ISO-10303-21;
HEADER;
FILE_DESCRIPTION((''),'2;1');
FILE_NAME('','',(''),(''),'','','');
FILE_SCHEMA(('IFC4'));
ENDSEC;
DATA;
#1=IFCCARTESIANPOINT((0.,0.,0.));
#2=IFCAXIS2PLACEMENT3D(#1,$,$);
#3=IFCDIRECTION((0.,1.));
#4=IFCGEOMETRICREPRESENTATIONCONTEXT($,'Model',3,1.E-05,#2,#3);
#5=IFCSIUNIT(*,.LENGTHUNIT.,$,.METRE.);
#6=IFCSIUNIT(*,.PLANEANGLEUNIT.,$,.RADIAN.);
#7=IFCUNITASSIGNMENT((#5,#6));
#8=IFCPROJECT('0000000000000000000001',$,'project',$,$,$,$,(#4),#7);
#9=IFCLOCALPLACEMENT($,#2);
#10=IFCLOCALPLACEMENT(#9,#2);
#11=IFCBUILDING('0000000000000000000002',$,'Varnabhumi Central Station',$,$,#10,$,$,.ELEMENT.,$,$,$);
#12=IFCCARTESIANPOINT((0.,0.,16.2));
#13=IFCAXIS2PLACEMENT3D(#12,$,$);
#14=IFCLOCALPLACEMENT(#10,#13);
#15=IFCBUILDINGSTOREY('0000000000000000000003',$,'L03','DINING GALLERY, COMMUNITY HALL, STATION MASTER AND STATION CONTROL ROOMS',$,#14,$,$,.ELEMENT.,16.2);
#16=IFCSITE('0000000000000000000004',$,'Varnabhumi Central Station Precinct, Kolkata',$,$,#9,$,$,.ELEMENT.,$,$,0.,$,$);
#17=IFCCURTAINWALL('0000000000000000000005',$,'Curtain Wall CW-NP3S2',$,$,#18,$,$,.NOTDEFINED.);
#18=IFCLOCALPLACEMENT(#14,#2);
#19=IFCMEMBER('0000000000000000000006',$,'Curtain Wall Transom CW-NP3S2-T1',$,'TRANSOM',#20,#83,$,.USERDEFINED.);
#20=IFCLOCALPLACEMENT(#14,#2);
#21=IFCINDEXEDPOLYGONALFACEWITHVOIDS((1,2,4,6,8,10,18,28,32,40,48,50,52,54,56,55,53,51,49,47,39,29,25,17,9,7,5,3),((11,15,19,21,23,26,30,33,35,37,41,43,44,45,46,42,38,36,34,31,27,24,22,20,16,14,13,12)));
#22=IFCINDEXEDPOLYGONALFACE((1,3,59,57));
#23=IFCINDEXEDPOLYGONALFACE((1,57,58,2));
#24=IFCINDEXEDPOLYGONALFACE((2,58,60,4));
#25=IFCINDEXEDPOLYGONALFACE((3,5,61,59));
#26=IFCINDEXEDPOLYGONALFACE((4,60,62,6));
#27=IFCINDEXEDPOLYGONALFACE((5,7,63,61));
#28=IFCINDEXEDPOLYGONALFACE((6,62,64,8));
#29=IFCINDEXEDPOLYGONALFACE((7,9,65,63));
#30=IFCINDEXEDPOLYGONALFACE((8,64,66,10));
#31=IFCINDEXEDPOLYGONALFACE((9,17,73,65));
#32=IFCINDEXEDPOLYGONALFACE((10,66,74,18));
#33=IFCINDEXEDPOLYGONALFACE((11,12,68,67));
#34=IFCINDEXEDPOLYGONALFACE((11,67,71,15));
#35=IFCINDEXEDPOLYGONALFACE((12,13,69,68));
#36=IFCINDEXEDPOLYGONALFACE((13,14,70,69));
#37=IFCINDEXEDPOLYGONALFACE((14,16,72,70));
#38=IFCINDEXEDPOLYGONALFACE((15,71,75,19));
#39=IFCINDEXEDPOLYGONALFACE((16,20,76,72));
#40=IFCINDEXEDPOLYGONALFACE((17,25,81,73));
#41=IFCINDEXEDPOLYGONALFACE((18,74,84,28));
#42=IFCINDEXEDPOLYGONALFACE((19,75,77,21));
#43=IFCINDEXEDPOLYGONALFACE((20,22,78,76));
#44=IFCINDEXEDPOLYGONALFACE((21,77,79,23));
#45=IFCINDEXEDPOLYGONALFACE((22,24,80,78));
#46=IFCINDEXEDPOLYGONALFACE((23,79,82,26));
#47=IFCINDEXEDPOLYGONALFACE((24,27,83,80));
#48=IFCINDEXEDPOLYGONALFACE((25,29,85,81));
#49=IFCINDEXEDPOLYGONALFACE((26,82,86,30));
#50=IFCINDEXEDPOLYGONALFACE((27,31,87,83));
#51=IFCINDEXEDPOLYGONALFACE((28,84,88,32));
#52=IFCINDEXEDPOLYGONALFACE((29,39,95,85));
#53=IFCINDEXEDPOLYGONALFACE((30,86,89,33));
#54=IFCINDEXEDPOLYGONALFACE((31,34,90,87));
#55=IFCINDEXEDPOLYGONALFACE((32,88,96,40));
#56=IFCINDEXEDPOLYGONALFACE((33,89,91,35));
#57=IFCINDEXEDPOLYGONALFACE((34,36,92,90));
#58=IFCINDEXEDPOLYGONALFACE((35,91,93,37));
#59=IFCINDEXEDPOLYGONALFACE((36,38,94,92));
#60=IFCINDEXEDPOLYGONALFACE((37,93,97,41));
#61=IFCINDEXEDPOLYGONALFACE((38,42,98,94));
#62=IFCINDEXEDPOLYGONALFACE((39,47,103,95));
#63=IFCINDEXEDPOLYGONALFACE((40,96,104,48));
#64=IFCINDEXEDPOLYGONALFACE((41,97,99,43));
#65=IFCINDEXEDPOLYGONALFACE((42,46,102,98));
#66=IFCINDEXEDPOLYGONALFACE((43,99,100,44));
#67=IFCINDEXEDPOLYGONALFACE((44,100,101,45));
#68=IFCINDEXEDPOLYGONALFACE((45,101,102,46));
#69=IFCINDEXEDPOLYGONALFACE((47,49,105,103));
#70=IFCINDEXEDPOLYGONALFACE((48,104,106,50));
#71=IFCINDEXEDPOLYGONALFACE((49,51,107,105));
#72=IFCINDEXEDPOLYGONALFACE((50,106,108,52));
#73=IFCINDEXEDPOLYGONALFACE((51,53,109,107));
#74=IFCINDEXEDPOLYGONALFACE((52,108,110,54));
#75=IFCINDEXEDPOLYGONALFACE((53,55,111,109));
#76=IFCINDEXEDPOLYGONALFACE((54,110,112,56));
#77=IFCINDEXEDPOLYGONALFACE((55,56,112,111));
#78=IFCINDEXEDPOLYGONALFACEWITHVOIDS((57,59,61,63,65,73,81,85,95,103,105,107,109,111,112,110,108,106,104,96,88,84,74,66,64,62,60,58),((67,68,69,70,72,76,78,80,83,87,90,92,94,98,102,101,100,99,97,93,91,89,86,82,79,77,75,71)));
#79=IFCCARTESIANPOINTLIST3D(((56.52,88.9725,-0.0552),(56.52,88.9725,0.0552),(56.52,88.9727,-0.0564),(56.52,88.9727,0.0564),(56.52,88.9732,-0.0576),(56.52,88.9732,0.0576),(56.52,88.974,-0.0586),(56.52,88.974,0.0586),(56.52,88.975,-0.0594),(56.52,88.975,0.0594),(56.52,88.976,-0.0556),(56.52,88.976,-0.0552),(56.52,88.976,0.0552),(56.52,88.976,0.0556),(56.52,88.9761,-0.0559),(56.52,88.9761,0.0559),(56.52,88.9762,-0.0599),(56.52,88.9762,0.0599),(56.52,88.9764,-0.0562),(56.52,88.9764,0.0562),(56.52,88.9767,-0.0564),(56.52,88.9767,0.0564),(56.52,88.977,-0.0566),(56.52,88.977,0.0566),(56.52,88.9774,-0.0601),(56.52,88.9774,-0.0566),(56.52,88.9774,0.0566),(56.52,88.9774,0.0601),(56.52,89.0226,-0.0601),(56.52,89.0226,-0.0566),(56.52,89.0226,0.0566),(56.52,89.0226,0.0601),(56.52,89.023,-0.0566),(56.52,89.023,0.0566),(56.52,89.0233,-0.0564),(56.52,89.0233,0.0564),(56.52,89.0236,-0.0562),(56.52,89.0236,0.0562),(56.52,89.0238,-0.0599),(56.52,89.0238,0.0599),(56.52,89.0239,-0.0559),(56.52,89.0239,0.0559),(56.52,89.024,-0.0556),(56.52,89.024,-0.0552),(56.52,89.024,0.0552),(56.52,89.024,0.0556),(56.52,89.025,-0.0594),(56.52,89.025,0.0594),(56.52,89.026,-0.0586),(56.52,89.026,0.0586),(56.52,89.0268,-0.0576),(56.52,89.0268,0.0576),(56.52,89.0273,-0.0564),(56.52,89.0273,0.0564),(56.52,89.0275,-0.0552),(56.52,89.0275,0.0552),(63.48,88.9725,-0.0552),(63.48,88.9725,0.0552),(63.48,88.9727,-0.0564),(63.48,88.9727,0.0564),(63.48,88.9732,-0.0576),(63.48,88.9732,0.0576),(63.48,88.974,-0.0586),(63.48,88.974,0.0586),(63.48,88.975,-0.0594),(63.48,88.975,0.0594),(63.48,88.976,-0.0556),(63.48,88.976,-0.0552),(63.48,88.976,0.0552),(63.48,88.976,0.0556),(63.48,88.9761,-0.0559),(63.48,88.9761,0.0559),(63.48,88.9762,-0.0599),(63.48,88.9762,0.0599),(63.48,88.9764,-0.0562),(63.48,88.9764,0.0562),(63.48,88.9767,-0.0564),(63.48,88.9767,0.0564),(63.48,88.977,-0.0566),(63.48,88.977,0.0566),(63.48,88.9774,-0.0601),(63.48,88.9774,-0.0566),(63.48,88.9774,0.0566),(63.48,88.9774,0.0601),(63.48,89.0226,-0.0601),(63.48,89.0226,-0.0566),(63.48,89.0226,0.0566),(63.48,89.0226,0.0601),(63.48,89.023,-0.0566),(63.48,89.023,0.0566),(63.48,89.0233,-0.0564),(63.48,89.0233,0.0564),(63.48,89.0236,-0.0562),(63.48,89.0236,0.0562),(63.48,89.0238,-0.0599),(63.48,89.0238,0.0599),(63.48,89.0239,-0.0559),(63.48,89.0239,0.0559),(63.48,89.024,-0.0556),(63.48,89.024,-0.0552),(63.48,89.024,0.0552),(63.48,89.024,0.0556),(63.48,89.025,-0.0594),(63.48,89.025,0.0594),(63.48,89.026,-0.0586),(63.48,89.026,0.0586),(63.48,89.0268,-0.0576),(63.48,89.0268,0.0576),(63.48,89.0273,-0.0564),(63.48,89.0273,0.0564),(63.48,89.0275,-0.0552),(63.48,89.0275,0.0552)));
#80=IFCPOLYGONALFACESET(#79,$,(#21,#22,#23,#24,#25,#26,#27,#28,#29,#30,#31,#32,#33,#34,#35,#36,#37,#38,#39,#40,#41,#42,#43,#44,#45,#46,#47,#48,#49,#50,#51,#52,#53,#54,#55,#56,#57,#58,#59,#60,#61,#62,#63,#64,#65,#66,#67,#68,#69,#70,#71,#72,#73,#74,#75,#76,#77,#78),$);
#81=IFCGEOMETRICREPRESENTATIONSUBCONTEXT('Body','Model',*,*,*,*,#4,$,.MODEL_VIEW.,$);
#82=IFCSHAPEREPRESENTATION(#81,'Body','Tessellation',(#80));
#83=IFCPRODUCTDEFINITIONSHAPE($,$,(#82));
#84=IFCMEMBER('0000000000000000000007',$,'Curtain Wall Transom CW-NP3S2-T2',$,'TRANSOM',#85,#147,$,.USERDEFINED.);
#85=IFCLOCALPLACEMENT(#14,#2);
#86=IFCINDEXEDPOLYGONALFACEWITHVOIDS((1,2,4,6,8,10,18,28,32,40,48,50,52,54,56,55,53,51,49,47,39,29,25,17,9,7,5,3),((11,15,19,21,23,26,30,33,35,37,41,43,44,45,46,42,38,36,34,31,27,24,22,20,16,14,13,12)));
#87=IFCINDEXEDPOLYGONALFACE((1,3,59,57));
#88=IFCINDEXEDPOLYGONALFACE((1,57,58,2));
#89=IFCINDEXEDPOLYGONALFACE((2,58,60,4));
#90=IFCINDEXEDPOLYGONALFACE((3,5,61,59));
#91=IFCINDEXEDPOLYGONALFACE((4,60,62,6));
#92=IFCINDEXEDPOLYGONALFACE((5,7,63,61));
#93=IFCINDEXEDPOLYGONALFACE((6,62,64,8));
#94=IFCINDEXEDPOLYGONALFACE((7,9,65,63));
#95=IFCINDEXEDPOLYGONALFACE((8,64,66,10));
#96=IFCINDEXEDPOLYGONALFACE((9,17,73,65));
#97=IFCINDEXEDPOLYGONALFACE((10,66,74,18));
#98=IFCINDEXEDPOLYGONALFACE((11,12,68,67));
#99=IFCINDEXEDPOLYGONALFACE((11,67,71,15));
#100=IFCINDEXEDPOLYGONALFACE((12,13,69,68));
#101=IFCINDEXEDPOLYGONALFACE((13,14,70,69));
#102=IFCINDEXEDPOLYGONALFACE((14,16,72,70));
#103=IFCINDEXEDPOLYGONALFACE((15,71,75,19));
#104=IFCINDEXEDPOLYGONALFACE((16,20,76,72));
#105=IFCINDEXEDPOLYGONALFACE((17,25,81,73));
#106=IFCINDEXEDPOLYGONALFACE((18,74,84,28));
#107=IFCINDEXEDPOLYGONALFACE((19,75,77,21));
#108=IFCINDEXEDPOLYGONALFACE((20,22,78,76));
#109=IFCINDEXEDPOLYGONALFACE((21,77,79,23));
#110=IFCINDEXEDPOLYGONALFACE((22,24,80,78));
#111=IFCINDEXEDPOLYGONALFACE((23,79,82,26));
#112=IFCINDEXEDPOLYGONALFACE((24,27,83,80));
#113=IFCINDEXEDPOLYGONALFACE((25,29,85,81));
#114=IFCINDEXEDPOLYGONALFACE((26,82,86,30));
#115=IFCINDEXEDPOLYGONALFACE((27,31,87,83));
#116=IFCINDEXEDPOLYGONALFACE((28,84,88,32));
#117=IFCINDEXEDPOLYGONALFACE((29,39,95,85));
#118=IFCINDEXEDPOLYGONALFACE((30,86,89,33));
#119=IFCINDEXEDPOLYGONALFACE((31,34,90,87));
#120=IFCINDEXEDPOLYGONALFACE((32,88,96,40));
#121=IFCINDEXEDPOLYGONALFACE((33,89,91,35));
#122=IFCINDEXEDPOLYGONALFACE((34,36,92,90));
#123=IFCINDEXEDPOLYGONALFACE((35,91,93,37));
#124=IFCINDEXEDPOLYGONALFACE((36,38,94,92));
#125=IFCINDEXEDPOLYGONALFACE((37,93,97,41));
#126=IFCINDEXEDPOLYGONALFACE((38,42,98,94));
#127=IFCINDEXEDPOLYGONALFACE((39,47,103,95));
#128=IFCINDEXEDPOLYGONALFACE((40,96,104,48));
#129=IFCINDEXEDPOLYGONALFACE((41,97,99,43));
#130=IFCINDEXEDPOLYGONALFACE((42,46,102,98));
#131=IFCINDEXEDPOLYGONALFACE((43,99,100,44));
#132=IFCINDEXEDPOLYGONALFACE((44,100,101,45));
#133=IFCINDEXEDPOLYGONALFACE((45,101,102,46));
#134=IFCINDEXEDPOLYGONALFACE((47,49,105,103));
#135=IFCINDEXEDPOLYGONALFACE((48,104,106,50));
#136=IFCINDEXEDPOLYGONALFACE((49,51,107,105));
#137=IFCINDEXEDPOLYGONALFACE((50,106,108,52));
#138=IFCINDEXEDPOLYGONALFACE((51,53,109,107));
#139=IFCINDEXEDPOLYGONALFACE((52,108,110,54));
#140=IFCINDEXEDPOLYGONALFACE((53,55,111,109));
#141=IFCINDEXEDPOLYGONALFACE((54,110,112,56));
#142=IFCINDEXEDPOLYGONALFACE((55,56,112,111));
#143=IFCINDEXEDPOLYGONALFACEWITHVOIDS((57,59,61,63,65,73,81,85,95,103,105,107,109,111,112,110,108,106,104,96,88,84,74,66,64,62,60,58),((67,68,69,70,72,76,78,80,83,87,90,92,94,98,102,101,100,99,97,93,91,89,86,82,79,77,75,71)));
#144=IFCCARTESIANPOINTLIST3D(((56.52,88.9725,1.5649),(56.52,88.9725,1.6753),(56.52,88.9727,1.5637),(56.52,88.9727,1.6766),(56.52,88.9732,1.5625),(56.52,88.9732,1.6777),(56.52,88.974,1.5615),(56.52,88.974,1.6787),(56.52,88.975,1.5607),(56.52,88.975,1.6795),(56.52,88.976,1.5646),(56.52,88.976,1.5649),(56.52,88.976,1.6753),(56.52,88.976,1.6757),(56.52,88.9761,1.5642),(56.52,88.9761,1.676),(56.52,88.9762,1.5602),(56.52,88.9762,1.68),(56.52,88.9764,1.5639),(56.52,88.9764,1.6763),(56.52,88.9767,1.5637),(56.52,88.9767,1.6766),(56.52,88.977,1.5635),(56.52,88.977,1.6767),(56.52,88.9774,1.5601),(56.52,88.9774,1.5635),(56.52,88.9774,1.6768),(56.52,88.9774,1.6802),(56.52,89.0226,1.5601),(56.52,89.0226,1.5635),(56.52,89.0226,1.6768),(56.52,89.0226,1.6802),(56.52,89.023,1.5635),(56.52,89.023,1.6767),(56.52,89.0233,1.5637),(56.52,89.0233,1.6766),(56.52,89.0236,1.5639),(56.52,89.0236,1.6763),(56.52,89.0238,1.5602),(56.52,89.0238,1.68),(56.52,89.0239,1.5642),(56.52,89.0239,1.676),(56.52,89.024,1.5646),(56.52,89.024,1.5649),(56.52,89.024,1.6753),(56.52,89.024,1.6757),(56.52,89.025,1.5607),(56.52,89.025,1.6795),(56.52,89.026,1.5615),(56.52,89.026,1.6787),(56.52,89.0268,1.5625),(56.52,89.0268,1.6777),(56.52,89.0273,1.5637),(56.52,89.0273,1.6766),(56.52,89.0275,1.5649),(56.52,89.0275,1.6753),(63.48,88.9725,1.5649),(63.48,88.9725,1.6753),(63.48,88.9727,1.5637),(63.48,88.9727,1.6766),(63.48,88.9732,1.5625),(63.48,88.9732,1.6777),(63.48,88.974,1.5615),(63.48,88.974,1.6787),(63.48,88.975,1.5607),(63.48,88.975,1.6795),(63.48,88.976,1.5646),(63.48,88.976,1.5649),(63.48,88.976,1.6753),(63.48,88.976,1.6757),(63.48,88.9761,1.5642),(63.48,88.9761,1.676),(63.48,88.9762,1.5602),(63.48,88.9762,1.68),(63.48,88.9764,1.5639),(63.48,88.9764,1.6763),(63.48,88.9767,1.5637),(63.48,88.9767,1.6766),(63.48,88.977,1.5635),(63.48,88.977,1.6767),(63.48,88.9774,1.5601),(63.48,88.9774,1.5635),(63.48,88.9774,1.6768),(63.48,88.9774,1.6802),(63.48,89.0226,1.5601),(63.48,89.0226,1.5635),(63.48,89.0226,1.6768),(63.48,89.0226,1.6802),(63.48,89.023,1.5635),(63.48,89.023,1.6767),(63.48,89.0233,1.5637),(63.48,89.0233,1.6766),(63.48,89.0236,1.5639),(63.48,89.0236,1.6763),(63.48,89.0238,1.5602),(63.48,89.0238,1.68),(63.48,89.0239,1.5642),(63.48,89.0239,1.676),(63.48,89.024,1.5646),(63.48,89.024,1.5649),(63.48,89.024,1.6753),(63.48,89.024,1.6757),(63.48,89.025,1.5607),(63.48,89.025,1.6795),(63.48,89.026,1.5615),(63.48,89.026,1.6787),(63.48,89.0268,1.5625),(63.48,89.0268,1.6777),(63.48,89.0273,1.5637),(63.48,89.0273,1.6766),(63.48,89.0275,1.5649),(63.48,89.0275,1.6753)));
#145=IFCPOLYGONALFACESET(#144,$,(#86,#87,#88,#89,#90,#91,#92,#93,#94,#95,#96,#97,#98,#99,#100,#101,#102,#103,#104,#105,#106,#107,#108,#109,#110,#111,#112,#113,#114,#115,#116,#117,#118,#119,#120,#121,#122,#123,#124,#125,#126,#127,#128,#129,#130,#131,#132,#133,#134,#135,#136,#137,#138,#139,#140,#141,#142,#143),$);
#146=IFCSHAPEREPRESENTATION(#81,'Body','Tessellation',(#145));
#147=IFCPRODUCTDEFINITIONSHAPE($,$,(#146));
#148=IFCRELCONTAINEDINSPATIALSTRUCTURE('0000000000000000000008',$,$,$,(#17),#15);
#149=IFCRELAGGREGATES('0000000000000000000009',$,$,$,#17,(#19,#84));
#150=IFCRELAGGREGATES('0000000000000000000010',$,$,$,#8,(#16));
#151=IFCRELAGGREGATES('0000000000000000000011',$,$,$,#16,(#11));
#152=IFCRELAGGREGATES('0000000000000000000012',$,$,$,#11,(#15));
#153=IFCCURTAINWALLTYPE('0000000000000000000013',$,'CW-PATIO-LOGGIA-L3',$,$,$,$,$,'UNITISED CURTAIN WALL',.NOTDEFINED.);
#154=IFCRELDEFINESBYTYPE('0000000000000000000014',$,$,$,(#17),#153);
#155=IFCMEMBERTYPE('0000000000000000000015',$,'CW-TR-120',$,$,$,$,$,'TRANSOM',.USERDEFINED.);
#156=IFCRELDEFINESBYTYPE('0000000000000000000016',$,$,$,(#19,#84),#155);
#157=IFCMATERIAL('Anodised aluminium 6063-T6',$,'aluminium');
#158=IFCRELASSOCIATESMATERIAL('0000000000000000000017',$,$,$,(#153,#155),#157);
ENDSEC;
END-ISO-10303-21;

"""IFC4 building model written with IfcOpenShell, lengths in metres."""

from ifc_helpers import new_model, si_unit, direction, frame, origin, origin_2d, place, context, subcontext, project, spatial, hollow_rectangle, extrude, material, material_profile, profile_set, type_object, element, aggregate, save


model = new_model("IFC4")

# Units and contexts
model_context = context("Model", 3, precision=1e-05, world=origin(), true_north=direction((0.0, 1.0)))
body_context = subcontext(model_context, "Body", "Model", "MODEL_VIEW")
ifc_project = project(units=[si_unit("LENGTHUNIT", "METRE"), si_unit("PLANEANGLEUNIT", "RADIAN")], contexts=[model_context])

# Site, building, storey
site_placement = place(None, origin())
site = spatial("IfcSite", under=ifc_project, at=site_placement, Name="Varnabhumi Central Station Precinct, Kolkata", CompositionType="ELEMENT", RefElevation=0.0)
building_placement = place(site_placement, origin())
building = spatial("IfcBuilding", under=site, at=building_placement, Name="Varnabhumi Central Station", CompositionType="ELEMENT")
storey_placement = place(building_placement, frame((0.0, 0.0, 16.2)))
storey = spatial("IfcBuildingStorey", under=building, at=storey_placement, Name="L03", Description="DINING GALLERY, COMMUNITY HALL, STATION MASTER AND STATION CONTROL ROOMS", CompositionType="ELEMENT", Elevation=16.2)

# Curtain wall
ifc_material_1 = material(Name="Anodised aluminium 6063-T6", Category="aluminium")
curtain_wall_type = type_object("IfcCurtainWallType", Name="CW-PATIO-LOGGIA-L3", ElementType="UNITISED CURTAIN WALL", PredefinedType="NOTDEFINED", material=ifc_material_1)
curtain_wall_1_placement = place(storey_placement, origin())
curtain_wall_1 = element("IfcCurtainWall", 1, at=curtain_wall_1_placement, inside=storey, type_object=curtain_wall_type, Name="Curtain Wall CW-NP3S2", PredefinedType="NOTDEFINED")

# Members
ifc_material_profile_1 = material_profile(ifc_material_1, hollow_rectangle(XDim=0.0549, YDim=0.1201, WallThickness=0.0034, InnerFilletRadius=0.0015, OuterFilletRadius=0.0049, at=origin_2d()), Name="Anodised aluminium 6063-T6", Category="aluminium")
ifc_profile_set_1 = profile_set([ifc_material_profile_1], Name="Anodised aluminium 6063-T6")
member_type_1 = type_object("IfcMemberType", Name="CW-TR-120", ElementType="TRANSOM", PredefinedType="USERDEFINED", material=ifc_profile_set_1)
member_1_placement = place(storey_placement, frame((56.52, 89.0, 0.0), z_axis=(1.0, 0.0, 0.0), x_axis=(0.0, 1.0, 0.0)))
member_1 = element("IfcMember", 2, at=member_1_placement, type_object=member_type_1, Name="Curtain Wall Transom CW-NP3S2-T1", ObjectType="TRANSOM", PredefinedType="USERDEFINED", context=body_context, shape_type="SweptSolid", body=[
    extrude(hollow_rectangle(XDim=0.0549, YDim=0.1201, WallThickness=0.0034, InnerFilletRadius=0.0015, OuterFilletRadius=0.0049, at=origin_2d()), origin(), (0.0, 0.0, 1.0), 6.96),
])
member_2_placement = place(storey_placement, frame((56.52, 89.0, 1.6201), z_axis=(1.0, 0.0, 0.0), x_axis=(0.0, 1.0, 0.0)))
member_2 = element("IfcMember", 3, at=member_2_placement, type_object=member_type_1, Name="Curtain Wall Transom CW-NP3S2-T2", ObjectType="TRANSOM", PredefinedType="USERDEFINED", context=body_context, shape_type="SweptSolid", body=[
    extrude(hollow_rectangle(XDim=0.0549, YDim=0.1201, WallThickness=0.0034, InnerFilletRadius=0.0015, OuterFilletRadius=0.0049, at=origin_2d()), origin(), (0.0, 0.0, 1.0), 6.96),
])

aggregate(curtain_wall_1, [member_1, member_2])

save(model, "model.ifc")
